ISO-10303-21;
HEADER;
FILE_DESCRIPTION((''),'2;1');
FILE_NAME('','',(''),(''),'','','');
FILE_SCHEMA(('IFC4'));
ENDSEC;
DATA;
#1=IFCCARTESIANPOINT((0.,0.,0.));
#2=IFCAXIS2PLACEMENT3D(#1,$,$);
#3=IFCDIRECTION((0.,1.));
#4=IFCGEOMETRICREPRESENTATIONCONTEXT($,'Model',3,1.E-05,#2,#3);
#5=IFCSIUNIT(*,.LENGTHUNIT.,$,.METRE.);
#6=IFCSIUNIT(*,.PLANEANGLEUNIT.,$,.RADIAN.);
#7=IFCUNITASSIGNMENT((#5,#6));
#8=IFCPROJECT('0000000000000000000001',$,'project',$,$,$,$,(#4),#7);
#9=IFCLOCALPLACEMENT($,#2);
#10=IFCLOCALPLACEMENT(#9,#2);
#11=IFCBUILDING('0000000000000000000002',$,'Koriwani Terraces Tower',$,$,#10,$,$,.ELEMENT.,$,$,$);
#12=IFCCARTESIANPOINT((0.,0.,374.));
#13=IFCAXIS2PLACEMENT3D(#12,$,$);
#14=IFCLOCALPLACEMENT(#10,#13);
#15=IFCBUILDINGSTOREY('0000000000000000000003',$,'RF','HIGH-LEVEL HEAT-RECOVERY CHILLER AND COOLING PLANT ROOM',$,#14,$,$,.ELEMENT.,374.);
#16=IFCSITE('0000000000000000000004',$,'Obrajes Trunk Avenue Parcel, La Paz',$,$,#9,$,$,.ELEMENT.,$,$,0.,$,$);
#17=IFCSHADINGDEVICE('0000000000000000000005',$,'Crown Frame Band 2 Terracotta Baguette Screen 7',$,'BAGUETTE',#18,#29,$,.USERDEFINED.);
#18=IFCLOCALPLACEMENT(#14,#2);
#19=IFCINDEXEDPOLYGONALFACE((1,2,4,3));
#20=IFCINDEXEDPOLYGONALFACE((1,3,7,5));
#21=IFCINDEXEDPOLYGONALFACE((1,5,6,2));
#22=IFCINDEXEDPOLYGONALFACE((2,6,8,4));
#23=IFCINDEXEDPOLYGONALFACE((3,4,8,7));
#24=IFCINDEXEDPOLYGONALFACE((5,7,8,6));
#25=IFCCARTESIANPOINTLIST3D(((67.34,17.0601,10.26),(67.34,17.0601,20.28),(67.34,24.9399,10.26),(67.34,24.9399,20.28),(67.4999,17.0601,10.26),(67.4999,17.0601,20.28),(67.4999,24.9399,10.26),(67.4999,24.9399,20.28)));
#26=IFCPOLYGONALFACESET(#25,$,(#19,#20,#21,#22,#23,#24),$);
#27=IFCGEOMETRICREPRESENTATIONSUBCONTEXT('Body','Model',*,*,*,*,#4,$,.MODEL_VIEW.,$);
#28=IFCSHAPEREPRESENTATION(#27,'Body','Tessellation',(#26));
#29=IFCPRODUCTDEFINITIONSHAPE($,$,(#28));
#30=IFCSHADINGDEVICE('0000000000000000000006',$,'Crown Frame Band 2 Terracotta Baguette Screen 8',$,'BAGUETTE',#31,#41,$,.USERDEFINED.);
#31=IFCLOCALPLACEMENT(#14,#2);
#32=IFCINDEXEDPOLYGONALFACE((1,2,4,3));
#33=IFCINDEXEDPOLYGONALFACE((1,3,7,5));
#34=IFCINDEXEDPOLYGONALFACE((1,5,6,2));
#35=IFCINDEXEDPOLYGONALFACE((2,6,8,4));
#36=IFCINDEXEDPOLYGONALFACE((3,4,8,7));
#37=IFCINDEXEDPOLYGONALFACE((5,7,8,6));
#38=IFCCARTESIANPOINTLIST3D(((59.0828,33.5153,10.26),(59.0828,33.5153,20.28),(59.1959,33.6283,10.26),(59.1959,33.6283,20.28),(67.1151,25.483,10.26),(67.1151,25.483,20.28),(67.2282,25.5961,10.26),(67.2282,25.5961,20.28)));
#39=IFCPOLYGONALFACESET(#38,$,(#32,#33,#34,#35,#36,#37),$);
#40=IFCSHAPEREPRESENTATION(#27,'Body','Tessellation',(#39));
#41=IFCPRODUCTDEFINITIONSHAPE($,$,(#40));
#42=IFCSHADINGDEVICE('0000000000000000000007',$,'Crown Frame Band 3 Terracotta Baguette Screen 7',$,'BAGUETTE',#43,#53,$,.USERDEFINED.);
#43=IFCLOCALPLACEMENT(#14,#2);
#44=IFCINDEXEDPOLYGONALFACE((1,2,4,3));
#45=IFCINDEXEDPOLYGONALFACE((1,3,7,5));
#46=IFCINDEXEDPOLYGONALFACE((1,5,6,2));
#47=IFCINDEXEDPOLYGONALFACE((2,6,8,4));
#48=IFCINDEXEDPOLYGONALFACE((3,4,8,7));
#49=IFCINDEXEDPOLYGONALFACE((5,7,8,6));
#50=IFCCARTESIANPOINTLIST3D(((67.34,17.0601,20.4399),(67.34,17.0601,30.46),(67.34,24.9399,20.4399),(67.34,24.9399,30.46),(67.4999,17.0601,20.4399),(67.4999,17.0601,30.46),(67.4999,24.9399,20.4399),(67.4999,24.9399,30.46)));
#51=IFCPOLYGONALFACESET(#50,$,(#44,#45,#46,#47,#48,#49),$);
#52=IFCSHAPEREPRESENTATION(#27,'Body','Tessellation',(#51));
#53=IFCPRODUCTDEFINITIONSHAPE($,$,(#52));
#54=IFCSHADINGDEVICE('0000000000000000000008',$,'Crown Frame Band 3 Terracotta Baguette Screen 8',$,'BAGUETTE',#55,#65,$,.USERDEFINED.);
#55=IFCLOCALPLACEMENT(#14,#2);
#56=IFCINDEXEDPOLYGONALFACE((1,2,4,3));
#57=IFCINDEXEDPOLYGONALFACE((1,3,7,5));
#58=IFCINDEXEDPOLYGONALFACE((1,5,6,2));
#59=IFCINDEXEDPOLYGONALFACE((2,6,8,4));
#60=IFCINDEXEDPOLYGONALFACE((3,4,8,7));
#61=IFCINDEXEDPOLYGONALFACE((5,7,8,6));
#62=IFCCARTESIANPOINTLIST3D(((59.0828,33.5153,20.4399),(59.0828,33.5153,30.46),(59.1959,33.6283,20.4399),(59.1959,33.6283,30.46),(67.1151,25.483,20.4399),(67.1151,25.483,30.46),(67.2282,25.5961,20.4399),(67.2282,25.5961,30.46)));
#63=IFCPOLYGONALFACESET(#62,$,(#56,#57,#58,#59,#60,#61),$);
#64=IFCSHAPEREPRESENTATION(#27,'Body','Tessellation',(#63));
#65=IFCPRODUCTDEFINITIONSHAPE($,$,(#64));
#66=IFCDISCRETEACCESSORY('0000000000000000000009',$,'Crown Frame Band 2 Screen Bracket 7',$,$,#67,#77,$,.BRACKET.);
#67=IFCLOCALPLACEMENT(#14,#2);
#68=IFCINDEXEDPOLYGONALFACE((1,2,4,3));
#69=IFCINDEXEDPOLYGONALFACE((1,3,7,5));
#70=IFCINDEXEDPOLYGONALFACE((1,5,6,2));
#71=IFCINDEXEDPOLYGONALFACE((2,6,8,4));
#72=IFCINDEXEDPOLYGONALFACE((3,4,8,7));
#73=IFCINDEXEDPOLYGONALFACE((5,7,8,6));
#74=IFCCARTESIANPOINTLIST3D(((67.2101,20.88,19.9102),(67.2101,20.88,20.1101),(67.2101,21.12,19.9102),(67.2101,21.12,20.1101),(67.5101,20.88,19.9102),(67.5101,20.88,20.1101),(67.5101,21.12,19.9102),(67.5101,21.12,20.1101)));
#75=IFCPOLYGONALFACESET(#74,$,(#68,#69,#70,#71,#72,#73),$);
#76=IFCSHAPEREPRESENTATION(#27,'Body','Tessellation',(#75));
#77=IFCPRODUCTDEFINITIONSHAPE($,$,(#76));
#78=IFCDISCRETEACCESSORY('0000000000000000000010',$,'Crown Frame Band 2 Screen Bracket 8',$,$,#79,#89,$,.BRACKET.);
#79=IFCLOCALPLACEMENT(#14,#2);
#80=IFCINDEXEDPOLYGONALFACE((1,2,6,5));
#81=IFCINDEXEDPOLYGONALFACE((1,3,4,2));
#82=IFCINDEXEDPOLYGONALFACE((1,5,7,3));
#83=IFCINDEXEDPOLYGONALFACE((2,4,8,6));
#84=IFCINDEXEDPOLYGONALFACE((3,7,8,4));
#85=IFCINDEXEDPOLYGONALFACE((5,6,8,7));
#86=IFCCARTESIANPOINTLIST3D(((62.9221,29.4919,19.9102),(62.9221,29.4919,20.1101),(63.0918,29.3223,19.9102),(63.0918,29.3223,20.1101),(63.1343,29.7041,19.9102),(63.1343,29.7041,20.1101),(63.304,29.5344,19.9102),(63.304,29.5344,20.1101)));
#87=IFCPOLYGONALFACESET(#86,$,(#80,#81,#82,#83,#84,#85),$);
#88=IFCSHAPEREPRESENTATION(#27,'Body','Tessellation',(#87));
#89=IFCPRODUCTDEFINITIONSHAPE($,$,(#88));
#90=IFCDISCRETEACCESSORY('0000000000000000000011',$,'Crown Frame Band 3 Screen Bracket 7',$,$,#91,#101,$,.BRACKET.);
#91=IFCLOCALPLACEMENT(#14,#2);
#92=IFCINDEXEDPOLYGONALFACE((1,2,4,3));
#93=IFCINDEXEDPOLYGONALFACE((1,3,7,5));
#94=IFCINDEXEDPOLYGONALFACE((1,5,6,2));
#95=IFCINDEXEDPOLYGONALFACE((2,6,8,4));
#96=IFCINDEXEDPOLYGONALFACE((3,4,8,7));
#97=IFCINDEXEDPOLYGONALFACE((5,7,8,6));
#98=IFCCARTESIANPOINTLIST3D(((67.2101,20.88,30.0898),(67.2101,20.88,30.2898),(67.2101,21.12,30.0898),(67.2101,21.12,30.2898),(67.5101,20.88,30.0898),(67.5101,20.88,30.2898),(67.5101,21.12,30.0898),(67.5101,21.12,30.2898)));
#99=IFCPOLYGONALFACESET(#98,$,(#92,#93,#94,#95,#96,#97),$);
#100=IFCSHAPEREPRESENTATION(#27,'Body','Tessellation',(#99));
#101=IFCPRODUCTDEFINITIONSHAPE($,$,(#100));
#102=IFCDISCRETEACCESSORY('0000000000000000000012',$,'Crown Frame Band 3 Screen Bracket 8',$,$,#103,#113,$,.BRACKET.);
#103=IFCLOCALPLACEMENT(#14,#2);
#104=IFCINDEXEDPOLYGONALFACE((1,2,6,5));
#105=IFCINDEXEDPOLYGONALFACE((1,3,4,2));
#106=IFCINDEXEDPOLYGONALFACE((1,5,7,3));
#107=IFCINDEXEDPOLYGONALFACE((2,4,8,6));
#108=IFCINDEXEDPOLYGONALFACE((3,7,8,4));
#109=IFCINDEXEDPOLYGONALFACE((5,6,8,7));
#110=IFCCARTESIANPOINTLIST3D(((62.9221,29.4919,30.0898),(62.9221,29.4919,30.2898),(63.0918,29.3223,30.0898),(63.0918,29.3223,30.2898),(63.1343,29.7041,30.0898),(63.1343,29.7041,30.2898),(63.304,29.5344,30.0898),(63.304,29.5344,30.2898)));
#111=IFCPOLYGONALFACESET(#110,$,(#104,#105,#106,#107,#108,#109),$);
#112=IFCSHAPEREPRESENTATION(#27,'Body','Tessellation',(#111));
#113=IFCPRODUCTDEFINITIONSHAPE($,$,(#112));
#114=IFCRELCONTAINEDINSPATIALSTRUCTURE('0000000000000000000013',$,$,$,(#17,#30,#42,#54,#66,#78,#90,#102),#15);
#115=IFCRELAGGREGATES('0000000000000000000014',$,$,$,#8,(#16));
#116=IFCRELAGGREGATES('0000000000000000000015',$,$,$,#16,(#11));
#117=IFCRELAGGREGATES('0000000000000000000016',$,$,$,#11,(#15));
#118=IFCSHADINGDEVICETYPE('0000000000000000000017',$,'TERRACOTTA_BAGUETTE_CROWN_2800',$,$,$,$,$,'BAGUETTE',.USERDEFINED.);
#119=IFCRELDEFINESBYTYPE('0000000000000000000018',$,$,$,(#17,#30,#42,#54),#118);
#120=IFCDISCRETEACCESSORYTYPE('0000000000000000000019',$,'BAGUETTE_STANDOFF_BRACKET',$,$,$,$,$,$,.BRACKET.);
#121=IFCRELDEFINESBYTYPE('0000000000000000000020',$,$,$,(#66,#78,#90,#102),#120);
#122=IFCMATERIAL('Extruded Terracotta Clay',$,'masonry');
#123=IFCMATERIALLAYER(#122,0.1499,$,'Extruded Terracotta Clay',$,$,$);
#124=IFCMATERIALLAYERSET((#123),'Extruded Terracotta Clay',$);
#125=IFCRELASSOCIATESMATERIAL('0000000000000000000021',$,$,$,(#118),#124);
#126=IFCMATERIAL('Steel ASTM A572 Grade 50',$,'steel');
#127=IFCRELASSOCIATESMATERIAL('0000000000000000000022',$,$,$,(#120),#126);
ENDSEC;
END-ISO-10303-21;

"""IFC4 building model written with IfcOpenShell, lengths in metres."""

from ifc_helpers import new_model, si_unit, direction, frame, origin, origin_2d, place, context, subcontext, project, spatial, rectangle, extrude, material, layer, layer_set, type_object, element, save


model = new_model("IFC4")

# Units and contexts
model_context = context("Model", 3, precision=1e-05, world=origin(), true_north=direction((0.0, 1.0)))
body_context = subcontext(model_context, "Body", "Model", "MODEL_VIEW")
ifc_project = project(units=[si_unit("LENGTHUNIT", "METRE"), si_unit("PLANEANGLEUNIT", "RADIAN")], contexts=[model_context])

# Site, building, storey
site_placement = place(None, origin())
site = spatial("IfcSite", under=ifc_project, at=site_placement, Name="Obrajes Trunk Avenue Parcel, La Paz", CompositionType="ELEMENT", RefElevation=0.0)
building_placement = place(site_placement, origin())
building = spatial("IfcBuilding", under=site, at=building_placement, Name="Koriwani Terraces Tower", CompositionType="ELEMENT")
storey_placement = place(building_placement, frame((0.0, 0.0, 374.0)))
storey = spatial("IfcBuildingStorey", under=building, at=storey_placement, Name="RF", Description="HIGH-LEVEL HEAT-RECOVERY CHILLER AND COOLING PLANT ROOM", CompositionType="ELEMENT", Elevation=374.0)

# Shared definitions
ifc_material_1 = material(Name="Steel ASTM A572 Grade 50", Category="steel")

# Shading devices
ifc_material_2 = material(Name="Extruded Terracotta Clay", Category="masonry")
ifc_layer_1 = layer(ifc_material_2, 0.1499, Name="Extruded Terracotta Clay")
ifc_layer_set_1 = layer_set([ifc_layer_1], Name="Extruded Terracotta Clay")
shading_device_type = type_object("IfcShadingDeviceType", Name="TERRACOTTA_BAGUETTE_CROWN_2800", ElementType="BAGUETTE", PredefinedType="USERDEFINED", material=ifc_layer_set_1)
shading_device_1_placement = place(storey_placement, frame((67.4199, 21.0, 10.26), z_axis=(0.0, 0.0, 1.0), x_axis=(0.0, 1.0, 0.0)))
element("IfcShadingDevice", 1, at=shading_device_1_placement, inside=storey, type_object=shading_device_type, Name="Crown Frame Band 2 Terracotta Baguette Screen 7", ObjectType="BAGUETTE", PredefinedType="USERDEFINED", context=body_context, shape_type="SweptSolid", body=[
    extrude(rectangle(XDim=7.8799, YDim=0.1599, at=origin_2d()), origin(), (0.0, 0.0, 1.0), 10.02),
])
shading_device_2_placement = place(storey_placement, frame((63.1555, 29.5557, 10.26), z_axis=(0.0, 0.0, 1.0), x_axis=(-0.707107, 0.707107, 0.0)))
element("IfcShadingDevice", 2, at=shading_device_2_placement, inside=storey, type_object=shading_device_type, Name="Crown Frame Band 2 Terracotta Baguette Screen 8", ObjectType="BAGUETTE", PredefinedType="USERDEFINED", context=body_context, shape_type="SweptSolid", body=[
    extrude(rectangle(XDim=11.3594, YDim=0.1599, at=origin_2d()), origin(), (0.0, 0.0, 1.0), 10.02),
])
shading_device_3_placement = place(storey_placement, frame((67.4199, 21.0, 20.4399), z_axis=(0.0, 0.0, 1.0), x_axis=(0.0, 1.0, 0.0)))
element("IfcShadingDevice", 3, at=shading_device_3_placement, inside=storey, type_object=shading_device_type, Name="Crown Frame Band 3 Terracotta Baguette Screen 7", ObjectType="BAGUETTE", PredefinedType="USERDEFINED", context=body_context, shape_type="SweptSolid", body=[
    extrude(rectangle(XDim=7.8799, YDim=0.1599, at=origin_2d()), origin(), (0.0, 0.0, 1.0), 10.02),
])
shading_device_4_placement = place(storey_placement, frame((63.1555, 29.5557, 20.4399), z_axis=(0.0, 0.0, 1.0), x_axis=(-0.707107, 0.707107, 0.0)))
element("IfcShadingDevice", 4, at=shading_device_4_placement, inside=storey, type_object=shading_device_type, Name="Crown Frame Band 3 Terracotta Baguette Screen 8", ObjectType="BAGUETTE", PredefinedType="USERDEFINED", context=body_context, shape_type="SweptSolid", body=[
    extrude(rectangle(XDim=11.3594, YDim=0.1599, at=origin_2d()), origin(), (0.0, 0.0, 1.0), 10.02),
])

# Discrete accessories
discrete_accessory_type = type_object("IfcDiscreteAccessoryType", Name="BAGUETTE_STANDOFF_BRACKET", PredefinedType="BRACKET", material=ifc_material_1)
for number, where, z_axis, x_axis, name in (
    (5, (67.3601, 21.0, 19.9102), (0.0, 0.0, 1.0), (0.0, 1.0, 0.0), "Crown Frame Band 2 Screen Bracket 7"),
    (6, (63.113, 29.5132, 19.9102), (0.0, 0.0, 1.0), (-0.707107, 0.707107, 0.0), "Crown Frame Band 2 Screen Bracket 8"),
    (7, (67.3601, 21.0, 30.0898), (0.0, 0.0, 1.0), (0.0, 1.0, 0.0), "Crown Frame Band 3 Screen Bracket 7"),
    (8, (63.113, 29.5132, 30.0898), (0.0, 0.0, 1.0), (-0.707107, 0.707107, 0.0), "Crown Frame Band 3 Screen Bracket 8"),
):
    element("IfcDiscreteAccessory", number, at=place(storey_placement, frame(where, z_axis=z_axis, x_axis=x_axis)), inside=storey, type_object=discrete_accessory_type, Name=name, PredefinedType="BRACKET", context=body_context, shape_type="SweptSolid", body=[
        extrude(rectangle(XDim=0.24, YDim=0.3, at=origin_2d()), origin(), (0.0, 0.0, 1.0), 0.2),
    ])

save(model, "model.ifc")
